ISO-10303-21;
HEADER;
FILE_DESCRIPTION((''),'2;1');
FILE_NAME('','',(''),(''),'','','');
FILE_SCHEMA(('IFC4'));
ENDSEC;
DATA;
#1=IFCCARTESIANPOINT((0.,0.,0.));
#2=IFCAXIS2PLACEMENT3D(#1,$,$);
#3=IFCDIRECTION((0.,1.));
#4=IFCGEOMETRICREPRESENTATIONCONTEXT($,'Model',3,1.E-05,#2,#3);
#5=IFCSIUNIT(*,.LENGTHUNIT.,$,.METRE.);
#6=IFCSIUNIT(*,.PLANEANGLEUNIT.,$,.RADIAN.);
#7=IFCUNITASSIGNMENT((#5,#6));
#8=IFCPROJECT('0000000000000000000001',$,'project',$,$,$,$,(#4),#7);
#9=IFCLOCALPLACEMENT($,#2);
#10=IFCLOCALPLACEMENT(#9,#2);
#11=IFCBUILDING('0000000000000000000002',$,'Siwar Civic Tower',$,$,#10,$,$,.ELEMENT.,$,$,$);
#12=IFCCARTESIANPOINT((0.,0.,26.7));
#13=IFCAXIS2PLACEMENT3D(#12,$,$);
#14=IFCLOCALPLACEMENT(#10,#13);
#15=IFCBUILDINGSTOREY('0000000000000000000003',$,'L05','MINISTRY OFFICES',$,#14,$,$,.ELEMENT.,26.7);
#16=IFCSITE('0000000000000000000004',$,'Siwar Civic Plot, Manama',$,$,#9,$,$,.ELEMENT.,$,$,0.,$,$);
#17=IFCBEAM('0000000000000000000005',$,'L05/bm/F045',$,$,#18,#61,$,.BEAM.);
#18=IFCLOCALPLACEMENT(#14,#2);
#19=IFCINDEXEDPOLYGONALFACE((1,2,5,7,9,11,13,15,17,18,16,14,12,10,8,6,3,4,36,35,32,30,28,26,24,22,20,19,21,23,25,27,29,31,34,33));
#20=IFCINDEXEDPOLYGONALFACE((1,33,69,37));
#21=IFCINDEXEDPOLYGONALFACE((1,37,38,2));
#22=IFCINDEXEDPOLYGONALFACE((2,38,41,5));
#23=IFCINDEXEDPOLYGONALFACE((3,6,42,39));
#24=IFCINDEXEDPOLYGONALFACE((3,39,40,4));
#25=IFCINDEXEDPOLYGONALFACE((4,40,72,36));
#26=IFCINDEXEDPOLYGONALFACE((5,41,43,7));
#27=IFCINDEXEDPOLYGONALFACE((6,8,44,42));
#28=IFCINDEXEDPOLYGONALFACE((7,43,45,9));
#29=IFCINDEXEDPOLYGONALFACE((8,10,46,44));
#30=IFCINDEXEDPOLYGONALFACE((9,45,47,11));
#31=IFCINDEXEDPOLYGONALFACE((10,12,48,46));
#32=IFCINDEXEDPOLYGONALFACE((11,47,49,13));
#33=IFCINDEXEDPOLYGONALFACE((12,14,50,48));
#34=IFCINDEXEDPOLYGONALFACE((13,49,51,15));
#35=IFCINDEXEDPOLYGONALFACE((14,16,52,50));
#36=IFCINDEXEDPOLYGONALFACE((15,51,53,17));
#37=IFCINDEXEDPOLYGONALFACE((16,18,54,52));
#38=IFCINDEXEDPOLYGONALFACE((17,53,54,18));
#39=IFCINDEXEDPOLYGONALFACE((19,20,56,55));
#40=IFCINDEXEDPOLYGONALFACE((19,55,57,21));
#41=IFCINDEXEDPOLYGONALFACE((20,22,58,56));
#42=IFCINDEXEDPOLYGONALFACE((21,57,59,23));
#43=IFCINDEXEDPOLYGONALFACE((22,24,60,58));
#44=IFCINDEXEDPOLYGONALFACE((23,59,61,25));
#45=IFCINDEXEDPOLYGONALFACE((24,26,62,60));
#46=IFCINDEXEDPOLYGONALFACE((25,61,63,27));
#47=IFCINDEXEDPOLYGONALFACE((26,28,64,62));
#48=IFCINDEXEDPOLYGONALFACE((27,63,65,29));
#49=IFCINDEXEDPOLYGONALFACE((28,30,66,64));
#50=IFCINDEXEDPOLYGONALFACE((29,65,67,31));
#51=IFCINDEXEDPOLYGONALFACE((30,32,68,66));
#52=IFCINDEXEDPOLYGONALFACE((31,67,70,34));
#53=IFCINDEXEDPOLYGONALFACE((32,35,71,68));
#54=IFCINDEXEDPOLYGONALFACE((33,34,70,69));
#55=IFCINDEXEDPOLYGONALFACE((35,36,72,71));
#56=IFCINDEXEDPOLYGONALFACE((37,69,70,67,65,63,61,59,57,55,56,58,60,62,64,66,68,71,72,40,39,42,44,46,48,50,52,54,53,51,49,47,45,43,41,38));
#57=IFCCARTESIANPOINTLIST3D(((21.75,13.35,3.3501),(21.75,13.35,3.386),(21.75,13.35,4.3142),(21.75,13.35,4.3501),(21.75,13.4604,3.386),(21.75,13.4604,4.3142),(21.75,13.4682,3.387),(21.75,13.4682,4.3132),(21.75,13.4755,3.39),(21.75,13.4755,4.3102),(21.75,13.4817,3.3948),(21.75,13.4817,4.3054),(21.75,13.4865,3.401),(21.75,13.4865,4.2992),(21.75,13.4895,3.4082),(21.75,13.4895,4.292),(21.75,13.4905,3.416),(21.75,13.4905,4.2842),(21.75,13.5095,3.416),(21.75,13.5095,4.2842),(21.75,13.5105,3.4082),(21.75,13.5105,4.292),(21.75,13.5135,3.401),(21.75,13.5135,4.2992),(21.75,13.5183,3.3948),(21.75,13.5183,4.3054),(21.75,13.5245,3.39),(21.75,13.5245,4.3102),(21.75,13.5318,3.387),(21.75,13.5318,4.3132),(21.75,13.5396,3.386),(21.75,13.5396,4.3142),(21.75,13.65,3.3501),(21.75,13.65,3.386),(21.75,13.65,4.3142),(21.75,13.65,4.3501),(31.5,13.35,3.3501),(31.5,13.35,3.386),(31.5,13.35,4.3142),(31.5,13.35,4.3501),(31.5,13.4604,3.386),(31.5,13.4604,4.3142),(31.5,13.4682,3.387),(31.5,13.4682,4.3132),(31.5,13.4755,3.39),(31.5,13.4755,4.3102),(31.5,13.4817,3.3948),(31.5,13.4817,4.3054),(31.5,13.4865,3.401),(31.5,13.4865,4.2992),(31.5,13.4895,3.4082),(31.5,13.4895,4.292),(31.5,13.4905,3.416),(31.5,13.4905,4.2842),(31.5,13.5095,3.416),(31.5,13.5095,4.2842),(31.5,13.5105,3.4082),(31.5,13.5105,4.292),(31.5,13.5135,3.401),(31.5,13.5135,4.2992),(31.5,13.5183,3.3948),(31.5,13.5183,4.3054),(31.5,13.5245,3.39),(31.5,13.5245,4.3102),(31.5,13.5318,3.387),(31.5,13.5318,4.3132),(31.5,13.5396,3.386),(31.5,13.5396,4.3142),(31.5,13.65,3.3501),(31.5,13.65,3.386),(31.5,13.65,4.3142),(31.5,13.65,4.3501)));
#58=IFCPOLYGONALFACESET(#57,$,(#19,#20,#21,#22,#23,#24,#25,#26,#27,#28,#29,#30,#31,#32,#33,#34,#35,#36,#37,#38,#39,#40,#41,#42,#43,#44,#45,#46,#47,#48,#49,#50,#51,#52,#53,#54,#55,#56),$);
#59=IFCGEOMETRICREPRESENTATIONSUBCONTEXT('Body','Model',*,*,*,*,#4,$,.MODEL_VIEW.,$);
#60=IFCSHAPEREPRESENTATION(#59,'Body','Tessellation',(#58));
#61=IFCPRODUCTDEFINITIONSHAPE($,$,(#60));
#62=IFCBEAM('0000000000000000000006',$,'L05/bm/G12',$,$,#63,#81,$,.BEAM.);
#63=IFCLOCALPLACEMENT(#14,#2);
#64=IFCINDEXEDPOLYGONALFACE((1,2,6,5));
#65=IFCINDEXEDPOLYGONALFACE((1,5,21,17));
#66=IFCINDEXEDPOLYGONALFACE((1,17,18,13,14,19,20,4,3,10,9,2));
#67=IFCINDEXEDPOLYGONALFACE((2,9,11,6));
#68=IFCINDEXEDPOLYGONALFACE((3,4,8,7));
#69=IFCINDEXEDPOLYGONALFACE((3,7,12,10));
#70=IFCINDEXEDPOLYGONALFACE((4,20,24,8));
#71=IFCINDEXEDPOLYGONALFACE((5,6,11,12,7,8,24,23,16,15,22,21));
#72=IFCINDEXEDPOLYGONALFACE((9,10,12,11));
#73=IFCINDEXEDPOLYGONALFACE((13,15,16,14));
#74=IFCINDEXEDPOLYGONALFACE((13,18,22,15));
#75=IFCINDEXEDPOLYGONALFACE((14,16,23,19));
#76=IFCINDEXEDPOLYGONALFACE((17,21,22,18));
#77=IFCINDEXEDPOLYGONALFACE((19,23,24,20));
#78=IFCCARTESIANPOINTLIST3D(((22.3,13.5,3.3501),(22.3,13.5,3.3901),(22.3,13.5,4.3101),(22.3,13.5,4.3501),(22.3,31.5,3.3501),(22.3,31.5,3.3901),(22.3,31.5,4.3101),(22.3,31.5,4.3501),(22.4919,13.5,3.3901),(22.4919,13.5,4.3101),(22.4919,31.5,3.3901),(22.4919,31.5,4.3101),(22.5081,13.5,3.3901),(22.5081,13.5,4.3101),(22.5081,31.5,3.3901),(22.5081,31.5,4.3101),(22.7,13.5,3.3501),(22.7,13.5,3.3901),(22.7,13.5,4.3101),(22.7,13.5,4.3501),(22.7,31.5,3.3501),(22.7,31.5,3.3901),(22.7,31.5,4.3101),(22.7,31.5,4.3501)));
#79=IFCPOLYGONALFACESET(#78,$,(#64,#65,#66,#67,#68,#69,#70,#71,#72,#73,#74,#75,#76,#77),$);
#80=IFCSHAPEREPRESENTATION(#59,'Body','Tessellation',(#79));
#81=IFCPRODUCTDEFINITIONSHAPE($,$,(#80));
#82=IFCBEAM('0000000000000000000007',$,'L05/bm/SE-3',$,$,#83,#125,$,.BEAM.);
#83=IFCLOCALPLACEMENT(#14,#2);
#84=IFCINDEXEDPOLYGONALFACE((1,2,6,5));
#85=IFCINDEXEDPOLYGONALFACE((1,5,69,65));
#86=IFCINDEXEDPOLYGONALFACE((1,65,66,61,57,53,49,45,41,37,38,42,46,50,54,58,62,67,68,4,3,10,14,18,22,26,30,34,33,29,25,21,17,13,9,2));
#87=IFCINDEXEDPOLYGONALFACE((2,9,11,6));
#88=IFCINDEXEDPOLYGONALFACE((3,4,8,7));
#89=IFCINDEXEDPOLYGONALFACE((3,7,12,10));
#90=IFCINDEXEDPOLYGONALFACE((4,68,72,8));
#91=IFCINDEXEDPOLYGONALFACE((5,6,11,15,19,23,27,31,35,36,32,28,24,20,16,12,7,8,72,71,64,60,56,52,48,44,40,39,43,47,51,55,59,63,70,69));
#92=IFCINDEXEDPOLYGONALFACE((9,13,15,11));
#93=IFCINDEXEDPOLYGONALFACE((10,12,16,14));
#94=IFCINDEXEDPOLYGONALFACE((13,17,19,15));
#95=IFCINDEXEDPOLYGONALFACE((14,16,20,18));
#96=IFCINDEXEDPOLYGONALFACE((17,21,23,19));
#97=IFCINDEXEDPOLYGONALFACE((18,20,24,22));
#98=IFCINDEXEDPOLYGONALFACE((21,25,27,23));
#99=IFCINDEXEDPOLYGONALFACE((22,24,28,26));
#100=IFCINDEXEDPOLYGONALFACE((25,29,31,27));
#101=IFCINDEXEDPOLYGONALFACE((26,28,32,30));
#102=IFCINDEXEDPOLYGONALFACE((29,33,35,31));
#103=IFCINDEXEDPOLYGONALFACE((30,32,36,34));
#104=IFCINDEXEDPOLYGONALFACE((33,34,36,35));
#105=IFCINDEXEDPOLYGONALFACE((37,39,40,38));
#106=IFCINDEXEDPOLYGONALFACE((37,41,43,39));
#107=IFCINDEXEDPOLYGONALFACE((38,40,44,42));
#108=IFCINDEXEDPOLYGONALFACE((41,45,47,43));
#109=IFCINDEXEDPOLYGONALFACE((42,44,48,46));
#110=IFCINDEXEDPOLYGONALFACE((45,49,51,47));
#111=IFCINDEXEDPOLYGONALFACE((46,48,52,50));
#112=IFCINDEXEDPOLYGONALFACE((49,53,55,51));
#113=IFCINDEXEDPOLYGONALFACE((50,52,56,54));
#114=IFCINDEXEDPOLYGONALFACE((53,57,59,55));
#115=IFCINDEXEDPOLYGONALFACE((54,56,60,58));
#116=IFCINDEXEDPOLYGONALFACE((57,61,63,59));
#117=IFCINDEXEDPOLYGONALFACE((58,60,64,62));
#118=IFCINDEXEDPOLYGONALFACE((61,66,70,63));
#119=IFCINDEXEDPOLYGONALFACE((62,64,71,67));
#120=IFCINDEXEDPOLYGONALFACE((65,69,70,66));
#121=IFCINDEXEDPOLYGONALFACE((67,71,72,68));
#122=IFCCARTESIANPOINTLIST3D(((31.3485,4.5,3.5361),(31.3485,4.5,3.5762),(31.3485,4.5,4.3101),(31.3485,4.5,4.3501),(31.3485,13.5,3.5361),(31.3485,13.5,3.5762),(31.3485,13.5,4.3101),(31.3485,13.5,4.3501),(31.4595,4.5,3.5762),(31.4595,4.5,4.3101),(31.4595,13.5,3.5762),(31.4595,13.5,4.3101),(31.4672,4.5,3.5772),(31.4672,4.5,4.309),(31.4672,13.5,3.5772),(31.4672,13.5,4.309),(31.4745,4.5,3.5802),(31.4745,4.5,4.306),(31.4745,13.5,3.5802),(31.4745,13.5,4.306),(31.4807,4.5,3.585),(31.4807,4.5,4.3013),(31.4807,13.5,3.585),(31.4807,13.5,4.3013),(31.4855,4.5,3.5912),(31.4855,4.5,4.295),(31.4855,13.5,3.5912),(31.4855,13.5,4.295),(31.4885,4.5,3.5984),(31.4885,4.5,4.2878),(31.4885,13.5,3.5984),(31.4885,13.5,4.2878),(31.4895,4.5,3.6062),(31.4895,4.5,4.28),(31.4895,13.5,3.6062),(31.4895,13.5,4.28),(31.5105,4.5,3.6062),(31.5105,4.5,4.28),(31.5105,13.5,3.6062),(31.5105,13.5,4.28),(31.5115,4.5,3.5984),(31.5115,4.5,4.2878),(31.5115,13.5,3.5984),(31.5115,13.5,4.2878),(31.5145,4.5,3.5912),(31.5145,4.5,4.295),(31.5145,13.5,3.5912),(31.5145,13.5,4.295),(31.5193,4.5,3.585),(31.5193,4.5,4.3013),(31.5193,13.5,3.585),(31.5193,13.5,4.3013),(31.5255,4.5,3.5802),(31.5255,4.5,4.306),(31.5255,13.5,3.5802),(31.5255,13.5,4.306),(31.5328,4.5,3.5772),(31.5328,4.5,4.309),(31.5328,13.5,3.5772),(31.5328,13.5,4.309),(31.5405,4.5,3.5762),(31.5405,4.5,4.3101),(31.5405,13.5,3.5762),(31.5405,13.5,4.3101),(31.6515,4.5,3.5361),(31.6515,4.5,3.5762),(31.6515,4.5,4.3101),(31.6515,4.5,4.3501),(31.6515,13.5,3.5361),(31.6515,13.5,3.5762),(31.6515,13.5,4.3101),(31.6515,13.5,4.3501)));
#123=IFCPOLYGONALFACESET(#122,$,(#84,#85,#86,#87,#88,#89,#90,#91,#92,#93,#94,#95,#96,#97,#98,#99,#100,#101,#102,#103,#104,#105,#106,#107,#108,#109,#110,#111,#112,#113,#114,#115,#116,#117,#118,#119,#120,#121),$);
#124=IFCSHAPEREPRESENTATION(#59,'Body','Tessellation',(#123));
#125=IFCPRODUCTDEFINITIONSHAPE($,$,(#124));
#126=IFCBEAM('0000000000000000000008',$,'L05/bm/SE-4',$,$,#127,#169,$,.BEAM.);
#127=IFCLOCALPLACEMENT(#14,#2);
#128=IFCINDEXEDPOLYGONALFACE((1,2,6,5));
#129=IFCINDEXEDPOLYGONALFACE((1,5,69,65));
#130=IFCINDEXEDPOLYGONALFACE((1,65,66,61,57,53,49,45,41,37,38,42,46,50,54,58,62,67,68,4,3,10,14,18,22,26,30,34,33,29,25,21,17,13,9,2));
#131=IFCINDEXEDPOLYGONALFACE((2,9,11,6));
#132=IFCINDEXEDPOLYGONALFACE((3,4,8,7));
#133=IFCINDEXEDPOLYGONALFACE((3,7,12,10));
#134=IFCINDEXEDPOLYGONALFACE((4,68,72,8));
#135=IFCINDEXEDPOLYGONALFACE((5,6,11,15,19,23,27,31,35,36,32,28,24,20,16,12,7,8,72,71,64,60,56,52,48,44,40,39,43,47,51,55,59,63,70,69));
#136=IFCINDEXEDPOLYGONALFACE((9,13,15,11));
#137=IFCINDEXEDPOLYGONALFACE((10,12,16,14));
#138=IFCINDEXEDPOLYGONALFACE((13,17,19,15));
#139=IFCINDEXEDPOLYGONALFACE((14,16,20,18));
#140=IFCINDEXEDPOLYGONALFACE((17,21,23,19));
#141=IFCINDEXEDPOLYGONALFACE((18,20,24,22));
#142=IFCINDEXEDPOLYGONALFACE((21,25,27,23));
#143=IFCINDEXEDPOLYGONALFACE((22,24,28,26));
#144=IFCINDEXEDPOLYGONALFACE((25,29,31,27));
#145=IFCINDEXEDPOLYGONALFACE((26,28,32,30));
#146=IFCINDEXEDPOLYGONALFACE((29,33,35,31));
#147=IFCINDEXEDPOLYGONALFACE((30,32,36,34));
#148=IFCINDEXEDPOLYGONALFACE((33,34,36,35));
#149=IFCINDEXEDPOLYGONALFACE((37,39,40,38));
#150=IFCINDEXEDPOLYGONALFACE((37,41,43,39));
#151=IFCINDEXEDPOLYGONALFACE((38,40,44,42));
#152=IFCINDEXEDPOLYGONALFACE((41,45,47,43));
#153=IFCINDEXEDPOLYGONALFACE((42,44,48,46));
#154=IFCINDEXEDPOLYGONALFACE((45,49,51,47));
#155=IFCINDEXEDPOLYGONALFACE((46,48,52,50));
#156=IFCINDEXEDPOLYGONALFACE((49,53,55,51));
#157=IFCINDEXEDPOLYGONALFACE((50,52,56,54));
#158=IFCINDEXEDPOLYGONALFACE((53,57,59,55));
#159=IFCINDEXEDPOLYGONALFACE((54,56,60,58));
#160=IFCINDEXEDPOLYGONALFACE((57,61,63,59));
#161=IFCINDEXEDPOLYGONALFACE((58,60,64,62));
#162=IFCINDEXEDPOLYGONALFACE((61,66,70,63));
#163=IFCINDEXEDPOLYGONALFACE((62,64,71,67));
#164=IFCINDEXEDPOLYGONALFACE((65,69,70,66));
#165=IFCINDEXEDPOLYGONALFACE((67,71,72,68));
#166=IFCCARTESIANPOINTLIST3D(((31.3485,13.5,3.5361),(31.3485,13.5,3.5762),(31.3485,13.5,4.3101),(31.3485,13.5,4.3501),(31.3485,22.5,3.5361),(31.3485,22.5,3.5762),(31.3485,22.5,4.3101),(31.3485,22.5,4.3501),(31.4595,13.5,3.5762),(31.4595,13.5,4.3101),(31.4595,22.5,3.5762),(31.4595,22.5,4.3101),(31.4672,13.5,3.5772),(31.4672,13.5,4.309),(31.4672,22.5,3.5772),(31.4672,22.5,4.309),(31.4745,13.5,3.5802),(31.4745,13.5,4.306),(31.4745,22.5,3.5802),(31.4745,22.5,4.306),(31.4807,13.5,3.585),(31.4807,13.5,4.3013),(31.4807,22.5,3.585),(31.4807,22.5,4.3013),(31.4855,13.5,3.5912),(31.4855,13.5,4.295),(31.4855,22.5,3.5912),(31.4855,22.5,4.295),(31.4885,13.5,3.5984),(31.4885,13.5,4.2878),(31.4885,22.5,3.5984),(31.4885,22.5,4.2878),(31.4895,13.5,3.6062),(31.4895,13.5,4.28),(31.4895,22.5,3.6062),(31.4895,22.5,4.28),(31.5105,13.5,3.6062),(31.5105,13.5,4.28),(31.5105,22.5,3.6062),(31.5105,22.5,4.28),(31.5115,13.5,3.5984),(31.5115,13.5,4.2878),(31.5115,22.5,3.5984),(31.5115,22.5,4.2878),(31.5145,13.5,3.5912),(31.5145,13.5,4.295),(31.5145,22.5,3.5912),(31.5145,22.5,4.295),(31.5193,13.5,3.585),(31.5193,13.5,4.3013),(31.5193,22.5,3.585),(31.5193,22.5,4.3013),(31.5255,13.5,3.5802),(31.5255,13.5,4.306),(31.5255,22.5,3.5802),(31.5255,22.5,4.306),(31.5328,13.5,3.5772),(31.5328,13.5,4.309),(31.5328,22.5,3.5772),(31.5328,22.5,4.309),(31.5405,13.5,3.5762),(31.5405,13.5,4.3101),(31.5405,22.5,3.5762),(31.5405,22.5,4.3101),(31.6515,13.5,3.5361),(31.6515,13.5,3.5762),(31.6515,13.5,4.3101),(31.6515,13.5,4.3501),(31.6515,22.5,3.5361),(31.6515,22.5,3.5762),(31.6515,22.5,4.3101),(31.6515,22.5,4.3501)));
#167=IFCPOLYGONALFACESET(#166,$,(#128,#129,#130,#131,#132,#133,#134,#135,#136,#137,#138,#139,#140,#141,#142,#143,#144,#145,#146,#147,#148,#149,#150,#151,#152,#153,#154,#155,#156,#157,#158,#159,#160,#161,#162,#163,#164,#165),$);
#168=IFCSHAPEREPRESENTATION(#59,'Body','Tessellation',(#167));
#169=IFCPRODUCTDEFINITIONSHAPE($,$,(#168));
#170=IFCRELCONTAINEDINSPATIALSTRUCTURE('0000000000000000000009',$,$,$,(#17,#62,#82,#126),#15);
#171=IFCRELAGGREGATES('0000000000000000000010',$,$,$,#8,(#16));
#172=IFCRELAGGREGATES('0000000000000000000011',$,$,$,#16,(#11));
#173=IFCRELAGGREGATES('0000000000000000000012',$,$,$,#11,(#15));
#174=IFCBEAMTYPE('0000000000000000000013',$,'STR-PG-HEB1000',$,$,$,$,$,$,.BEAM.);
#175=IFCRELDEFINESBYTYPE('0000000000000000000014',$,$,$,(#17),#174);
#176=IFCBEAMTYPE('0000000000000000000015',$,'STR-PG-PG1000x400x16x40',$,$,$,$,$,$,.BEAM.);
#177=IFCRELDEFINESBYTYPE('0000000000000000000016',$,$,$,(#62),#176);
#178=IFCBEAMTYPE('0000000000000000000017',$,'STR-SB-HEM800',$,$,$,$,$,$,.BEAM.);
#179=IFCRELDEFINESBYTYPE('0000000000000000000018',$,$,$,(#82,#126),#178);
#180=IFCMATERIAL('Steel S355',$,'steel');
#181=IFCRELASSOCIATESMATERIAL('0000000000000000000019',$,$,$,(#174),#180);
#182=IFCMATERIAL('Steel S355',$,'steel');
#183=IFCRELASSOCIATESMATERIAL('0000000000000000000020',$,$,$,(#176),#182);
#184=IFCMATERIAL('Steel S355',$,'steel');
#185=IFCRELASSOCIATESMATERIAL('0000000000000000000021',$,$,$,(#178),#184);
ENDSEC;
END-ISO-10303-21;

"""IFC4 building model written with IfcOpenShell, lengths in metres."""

from ifc_helpers import new_model, si_unit, direction, frame, origin, origin_2d, place, context, subcontext, project, spatial, i_section, extrude, material, material_profile, profile_set, type_object, element, save


model = new_model("IFC4")

# Units and contexts
model_context = context("Model", 3, precision=1e-05, world=origin(), true_north=direction((0.0, 1.0)))
body_context = subcontext(model_context, "Body", "Model", "MODEL_VIEW")
ifc_project = project(units=[si_unit("LENGTHUNIT", "METRE"), si_unit("PLANEANGLEUNIT", "RADIAN")], contexts=[model_context])

# Site, building, storey
site_placement = place(None, origin())
site = spatial("IfcSite", under=ifc_project, at=site_placement, Name="Siwar Civic Plot, Manama", CompositionType="ELEMENT", RefElevation=0.0)
building_placement = place(site_placement, origin())
building = spatial("IfcBuilding", under=site, at=building_placement, Name="Siwar Civic Tower", CompositionType="ELEMENT")
storey_placement = place(building_placement, frame((0.0, 0.0, 26.7)))
storey = spatial("IfcBuildingStorey", under=building, at=storey_placement, Name="L05", Description="MINISTRY OFFICES", CompositionType="ELEMENT", Elevation=26.7)

# Beams
ifc_material_1 = material(Name="Steel S355", Category="steel")
ifc_material_profile_1 = material_profile(ifc_material_1, i_section(OverallWidth=0.3, OverallDepth=1.0, WebThickness=0.019, FlangeThickness=0.0359, FilletRadius=0.03, at=origin_2d()), Name="HEB1000")
ifc_profile_set_1 = profile_set([ifc_material_profile_1], Name="Steel S355")
beam_type_1 = type_object("IfcBeamType", Name="STR-PG-HEB1000", PredefinedType="BEAM", material=ifc_profile_set_1)
beam_1_placement = place(storey_placement, frame((21.75, 13.5, 3.8501), z_axis=(1.0, 0.0, 0.0), x_axis=(0.0, 1.0, 0.0)))
element("IfcBeam", 1, at=beam_1_placement, inside=storey, type_object=beam_type_1, Name="L05/bm/F045", PredefinedType="BEAM", context=body_context, shape_type="SweptSolid", body=[
    extrude(i_section(OverallWidth=0.3, OverallDepth=1.0, WebThickness=0.019, FlangeThickness=0.0359, FilletRadius=0.03, at=origin_2d()), origin(), (0.0, 0.0, 1.0), 9.75),
])
ifc_material_2 = material(Name="Steel S355", Category="steel")
ifc_material_profile_2 = material_profile(ifc_material_2, i_section(OverallWidth=0.3999, OverallDepth=1.0, WebThickness=0.0161, FlangeThickness=0.04, at=origin_2d()), Name="PG1000x400x16x40")
ifc_profile_set_2 = profile_set([ifc_material_profile_2], Name="Steel S355")
beam_type_2 = type_object("IfcBeamType", Name="STR-PG-PG1000x400x16x40", PredefinedType="BEAM", material=ifc_profile_set_2)
beam_2_placement = place(storey_placement, frame((22.5, 13.5, 3.8501), z_axis=(0.0, 1.0, 0.0), x_axis=(-1.0, 0.0, 0.0)))
element("IfcBeam", 2, at=beam_2_placement, inside=storey, type_object=beam_type_2, Name="L05/bm/G12", PredefinedType="BEAM", context=body_context, shape_type="SweptSolid", body=[
    extrude(i_section(OverallWidth=0.3999, OverallDepth=1.0, WebThickness=0.0161, FlangeThickness=0.04, at=origin_2d()), origin(), (0.0, 0.0, 1.0), 18.0),
])
ifc_material_3 = material(Name="Steel S355", Category="steel")
ifc_material_profile_3 = material_profile(ifc_material_3, i_section(OverallWidth=0.303, OverallDepth=0.814, WebThickness=0.021, FlangeThickness=0.04, FilletRadius=0.03, at=origin_2d()), Name="HEM800")
ifc_profile_set_3 = profile_set([ifc_material_profile_3], Name="Steel S355")
beam_type_3 = type_object("IfcBeamType", Name="STR-SB-HEM800", PredefinedType="BEAM", material=ifc_profile_set_3)
for number, where, z_axis, x_axis, name in (
    (3, (31.5, 4.5, 3.9431), (0.0, 1.0, 0.0), (-1.0, 0.0, 0.0), "L05/bm/SE-3"),
    (4, (31.5, 13.5, 3.9431), (0.0, 1.0, 0.0), (-1.0, 0.0, 0.0), "L05/bm/SE-4"),
):
    element("IfcBeam", number, at=place(storey_placement, frame(where, z_axis=z_axis, x_axis=x_axis)), inside=storey, type_object=beam_type_3, Name=name, PredefinedType="BEAM", context=body_context, shape_type="SweptSolid", body=[
        extrude(i_section(OverallWidth=0.303, OverallDepth=0.814, WebThickness=0.021, FlangeThickness=0.04, FilletRadius=0.03, at=origin_2d()), origin(), (0.0, 0.0, 1.0), 9.0),
    ])

save(model, "model.ifc")
